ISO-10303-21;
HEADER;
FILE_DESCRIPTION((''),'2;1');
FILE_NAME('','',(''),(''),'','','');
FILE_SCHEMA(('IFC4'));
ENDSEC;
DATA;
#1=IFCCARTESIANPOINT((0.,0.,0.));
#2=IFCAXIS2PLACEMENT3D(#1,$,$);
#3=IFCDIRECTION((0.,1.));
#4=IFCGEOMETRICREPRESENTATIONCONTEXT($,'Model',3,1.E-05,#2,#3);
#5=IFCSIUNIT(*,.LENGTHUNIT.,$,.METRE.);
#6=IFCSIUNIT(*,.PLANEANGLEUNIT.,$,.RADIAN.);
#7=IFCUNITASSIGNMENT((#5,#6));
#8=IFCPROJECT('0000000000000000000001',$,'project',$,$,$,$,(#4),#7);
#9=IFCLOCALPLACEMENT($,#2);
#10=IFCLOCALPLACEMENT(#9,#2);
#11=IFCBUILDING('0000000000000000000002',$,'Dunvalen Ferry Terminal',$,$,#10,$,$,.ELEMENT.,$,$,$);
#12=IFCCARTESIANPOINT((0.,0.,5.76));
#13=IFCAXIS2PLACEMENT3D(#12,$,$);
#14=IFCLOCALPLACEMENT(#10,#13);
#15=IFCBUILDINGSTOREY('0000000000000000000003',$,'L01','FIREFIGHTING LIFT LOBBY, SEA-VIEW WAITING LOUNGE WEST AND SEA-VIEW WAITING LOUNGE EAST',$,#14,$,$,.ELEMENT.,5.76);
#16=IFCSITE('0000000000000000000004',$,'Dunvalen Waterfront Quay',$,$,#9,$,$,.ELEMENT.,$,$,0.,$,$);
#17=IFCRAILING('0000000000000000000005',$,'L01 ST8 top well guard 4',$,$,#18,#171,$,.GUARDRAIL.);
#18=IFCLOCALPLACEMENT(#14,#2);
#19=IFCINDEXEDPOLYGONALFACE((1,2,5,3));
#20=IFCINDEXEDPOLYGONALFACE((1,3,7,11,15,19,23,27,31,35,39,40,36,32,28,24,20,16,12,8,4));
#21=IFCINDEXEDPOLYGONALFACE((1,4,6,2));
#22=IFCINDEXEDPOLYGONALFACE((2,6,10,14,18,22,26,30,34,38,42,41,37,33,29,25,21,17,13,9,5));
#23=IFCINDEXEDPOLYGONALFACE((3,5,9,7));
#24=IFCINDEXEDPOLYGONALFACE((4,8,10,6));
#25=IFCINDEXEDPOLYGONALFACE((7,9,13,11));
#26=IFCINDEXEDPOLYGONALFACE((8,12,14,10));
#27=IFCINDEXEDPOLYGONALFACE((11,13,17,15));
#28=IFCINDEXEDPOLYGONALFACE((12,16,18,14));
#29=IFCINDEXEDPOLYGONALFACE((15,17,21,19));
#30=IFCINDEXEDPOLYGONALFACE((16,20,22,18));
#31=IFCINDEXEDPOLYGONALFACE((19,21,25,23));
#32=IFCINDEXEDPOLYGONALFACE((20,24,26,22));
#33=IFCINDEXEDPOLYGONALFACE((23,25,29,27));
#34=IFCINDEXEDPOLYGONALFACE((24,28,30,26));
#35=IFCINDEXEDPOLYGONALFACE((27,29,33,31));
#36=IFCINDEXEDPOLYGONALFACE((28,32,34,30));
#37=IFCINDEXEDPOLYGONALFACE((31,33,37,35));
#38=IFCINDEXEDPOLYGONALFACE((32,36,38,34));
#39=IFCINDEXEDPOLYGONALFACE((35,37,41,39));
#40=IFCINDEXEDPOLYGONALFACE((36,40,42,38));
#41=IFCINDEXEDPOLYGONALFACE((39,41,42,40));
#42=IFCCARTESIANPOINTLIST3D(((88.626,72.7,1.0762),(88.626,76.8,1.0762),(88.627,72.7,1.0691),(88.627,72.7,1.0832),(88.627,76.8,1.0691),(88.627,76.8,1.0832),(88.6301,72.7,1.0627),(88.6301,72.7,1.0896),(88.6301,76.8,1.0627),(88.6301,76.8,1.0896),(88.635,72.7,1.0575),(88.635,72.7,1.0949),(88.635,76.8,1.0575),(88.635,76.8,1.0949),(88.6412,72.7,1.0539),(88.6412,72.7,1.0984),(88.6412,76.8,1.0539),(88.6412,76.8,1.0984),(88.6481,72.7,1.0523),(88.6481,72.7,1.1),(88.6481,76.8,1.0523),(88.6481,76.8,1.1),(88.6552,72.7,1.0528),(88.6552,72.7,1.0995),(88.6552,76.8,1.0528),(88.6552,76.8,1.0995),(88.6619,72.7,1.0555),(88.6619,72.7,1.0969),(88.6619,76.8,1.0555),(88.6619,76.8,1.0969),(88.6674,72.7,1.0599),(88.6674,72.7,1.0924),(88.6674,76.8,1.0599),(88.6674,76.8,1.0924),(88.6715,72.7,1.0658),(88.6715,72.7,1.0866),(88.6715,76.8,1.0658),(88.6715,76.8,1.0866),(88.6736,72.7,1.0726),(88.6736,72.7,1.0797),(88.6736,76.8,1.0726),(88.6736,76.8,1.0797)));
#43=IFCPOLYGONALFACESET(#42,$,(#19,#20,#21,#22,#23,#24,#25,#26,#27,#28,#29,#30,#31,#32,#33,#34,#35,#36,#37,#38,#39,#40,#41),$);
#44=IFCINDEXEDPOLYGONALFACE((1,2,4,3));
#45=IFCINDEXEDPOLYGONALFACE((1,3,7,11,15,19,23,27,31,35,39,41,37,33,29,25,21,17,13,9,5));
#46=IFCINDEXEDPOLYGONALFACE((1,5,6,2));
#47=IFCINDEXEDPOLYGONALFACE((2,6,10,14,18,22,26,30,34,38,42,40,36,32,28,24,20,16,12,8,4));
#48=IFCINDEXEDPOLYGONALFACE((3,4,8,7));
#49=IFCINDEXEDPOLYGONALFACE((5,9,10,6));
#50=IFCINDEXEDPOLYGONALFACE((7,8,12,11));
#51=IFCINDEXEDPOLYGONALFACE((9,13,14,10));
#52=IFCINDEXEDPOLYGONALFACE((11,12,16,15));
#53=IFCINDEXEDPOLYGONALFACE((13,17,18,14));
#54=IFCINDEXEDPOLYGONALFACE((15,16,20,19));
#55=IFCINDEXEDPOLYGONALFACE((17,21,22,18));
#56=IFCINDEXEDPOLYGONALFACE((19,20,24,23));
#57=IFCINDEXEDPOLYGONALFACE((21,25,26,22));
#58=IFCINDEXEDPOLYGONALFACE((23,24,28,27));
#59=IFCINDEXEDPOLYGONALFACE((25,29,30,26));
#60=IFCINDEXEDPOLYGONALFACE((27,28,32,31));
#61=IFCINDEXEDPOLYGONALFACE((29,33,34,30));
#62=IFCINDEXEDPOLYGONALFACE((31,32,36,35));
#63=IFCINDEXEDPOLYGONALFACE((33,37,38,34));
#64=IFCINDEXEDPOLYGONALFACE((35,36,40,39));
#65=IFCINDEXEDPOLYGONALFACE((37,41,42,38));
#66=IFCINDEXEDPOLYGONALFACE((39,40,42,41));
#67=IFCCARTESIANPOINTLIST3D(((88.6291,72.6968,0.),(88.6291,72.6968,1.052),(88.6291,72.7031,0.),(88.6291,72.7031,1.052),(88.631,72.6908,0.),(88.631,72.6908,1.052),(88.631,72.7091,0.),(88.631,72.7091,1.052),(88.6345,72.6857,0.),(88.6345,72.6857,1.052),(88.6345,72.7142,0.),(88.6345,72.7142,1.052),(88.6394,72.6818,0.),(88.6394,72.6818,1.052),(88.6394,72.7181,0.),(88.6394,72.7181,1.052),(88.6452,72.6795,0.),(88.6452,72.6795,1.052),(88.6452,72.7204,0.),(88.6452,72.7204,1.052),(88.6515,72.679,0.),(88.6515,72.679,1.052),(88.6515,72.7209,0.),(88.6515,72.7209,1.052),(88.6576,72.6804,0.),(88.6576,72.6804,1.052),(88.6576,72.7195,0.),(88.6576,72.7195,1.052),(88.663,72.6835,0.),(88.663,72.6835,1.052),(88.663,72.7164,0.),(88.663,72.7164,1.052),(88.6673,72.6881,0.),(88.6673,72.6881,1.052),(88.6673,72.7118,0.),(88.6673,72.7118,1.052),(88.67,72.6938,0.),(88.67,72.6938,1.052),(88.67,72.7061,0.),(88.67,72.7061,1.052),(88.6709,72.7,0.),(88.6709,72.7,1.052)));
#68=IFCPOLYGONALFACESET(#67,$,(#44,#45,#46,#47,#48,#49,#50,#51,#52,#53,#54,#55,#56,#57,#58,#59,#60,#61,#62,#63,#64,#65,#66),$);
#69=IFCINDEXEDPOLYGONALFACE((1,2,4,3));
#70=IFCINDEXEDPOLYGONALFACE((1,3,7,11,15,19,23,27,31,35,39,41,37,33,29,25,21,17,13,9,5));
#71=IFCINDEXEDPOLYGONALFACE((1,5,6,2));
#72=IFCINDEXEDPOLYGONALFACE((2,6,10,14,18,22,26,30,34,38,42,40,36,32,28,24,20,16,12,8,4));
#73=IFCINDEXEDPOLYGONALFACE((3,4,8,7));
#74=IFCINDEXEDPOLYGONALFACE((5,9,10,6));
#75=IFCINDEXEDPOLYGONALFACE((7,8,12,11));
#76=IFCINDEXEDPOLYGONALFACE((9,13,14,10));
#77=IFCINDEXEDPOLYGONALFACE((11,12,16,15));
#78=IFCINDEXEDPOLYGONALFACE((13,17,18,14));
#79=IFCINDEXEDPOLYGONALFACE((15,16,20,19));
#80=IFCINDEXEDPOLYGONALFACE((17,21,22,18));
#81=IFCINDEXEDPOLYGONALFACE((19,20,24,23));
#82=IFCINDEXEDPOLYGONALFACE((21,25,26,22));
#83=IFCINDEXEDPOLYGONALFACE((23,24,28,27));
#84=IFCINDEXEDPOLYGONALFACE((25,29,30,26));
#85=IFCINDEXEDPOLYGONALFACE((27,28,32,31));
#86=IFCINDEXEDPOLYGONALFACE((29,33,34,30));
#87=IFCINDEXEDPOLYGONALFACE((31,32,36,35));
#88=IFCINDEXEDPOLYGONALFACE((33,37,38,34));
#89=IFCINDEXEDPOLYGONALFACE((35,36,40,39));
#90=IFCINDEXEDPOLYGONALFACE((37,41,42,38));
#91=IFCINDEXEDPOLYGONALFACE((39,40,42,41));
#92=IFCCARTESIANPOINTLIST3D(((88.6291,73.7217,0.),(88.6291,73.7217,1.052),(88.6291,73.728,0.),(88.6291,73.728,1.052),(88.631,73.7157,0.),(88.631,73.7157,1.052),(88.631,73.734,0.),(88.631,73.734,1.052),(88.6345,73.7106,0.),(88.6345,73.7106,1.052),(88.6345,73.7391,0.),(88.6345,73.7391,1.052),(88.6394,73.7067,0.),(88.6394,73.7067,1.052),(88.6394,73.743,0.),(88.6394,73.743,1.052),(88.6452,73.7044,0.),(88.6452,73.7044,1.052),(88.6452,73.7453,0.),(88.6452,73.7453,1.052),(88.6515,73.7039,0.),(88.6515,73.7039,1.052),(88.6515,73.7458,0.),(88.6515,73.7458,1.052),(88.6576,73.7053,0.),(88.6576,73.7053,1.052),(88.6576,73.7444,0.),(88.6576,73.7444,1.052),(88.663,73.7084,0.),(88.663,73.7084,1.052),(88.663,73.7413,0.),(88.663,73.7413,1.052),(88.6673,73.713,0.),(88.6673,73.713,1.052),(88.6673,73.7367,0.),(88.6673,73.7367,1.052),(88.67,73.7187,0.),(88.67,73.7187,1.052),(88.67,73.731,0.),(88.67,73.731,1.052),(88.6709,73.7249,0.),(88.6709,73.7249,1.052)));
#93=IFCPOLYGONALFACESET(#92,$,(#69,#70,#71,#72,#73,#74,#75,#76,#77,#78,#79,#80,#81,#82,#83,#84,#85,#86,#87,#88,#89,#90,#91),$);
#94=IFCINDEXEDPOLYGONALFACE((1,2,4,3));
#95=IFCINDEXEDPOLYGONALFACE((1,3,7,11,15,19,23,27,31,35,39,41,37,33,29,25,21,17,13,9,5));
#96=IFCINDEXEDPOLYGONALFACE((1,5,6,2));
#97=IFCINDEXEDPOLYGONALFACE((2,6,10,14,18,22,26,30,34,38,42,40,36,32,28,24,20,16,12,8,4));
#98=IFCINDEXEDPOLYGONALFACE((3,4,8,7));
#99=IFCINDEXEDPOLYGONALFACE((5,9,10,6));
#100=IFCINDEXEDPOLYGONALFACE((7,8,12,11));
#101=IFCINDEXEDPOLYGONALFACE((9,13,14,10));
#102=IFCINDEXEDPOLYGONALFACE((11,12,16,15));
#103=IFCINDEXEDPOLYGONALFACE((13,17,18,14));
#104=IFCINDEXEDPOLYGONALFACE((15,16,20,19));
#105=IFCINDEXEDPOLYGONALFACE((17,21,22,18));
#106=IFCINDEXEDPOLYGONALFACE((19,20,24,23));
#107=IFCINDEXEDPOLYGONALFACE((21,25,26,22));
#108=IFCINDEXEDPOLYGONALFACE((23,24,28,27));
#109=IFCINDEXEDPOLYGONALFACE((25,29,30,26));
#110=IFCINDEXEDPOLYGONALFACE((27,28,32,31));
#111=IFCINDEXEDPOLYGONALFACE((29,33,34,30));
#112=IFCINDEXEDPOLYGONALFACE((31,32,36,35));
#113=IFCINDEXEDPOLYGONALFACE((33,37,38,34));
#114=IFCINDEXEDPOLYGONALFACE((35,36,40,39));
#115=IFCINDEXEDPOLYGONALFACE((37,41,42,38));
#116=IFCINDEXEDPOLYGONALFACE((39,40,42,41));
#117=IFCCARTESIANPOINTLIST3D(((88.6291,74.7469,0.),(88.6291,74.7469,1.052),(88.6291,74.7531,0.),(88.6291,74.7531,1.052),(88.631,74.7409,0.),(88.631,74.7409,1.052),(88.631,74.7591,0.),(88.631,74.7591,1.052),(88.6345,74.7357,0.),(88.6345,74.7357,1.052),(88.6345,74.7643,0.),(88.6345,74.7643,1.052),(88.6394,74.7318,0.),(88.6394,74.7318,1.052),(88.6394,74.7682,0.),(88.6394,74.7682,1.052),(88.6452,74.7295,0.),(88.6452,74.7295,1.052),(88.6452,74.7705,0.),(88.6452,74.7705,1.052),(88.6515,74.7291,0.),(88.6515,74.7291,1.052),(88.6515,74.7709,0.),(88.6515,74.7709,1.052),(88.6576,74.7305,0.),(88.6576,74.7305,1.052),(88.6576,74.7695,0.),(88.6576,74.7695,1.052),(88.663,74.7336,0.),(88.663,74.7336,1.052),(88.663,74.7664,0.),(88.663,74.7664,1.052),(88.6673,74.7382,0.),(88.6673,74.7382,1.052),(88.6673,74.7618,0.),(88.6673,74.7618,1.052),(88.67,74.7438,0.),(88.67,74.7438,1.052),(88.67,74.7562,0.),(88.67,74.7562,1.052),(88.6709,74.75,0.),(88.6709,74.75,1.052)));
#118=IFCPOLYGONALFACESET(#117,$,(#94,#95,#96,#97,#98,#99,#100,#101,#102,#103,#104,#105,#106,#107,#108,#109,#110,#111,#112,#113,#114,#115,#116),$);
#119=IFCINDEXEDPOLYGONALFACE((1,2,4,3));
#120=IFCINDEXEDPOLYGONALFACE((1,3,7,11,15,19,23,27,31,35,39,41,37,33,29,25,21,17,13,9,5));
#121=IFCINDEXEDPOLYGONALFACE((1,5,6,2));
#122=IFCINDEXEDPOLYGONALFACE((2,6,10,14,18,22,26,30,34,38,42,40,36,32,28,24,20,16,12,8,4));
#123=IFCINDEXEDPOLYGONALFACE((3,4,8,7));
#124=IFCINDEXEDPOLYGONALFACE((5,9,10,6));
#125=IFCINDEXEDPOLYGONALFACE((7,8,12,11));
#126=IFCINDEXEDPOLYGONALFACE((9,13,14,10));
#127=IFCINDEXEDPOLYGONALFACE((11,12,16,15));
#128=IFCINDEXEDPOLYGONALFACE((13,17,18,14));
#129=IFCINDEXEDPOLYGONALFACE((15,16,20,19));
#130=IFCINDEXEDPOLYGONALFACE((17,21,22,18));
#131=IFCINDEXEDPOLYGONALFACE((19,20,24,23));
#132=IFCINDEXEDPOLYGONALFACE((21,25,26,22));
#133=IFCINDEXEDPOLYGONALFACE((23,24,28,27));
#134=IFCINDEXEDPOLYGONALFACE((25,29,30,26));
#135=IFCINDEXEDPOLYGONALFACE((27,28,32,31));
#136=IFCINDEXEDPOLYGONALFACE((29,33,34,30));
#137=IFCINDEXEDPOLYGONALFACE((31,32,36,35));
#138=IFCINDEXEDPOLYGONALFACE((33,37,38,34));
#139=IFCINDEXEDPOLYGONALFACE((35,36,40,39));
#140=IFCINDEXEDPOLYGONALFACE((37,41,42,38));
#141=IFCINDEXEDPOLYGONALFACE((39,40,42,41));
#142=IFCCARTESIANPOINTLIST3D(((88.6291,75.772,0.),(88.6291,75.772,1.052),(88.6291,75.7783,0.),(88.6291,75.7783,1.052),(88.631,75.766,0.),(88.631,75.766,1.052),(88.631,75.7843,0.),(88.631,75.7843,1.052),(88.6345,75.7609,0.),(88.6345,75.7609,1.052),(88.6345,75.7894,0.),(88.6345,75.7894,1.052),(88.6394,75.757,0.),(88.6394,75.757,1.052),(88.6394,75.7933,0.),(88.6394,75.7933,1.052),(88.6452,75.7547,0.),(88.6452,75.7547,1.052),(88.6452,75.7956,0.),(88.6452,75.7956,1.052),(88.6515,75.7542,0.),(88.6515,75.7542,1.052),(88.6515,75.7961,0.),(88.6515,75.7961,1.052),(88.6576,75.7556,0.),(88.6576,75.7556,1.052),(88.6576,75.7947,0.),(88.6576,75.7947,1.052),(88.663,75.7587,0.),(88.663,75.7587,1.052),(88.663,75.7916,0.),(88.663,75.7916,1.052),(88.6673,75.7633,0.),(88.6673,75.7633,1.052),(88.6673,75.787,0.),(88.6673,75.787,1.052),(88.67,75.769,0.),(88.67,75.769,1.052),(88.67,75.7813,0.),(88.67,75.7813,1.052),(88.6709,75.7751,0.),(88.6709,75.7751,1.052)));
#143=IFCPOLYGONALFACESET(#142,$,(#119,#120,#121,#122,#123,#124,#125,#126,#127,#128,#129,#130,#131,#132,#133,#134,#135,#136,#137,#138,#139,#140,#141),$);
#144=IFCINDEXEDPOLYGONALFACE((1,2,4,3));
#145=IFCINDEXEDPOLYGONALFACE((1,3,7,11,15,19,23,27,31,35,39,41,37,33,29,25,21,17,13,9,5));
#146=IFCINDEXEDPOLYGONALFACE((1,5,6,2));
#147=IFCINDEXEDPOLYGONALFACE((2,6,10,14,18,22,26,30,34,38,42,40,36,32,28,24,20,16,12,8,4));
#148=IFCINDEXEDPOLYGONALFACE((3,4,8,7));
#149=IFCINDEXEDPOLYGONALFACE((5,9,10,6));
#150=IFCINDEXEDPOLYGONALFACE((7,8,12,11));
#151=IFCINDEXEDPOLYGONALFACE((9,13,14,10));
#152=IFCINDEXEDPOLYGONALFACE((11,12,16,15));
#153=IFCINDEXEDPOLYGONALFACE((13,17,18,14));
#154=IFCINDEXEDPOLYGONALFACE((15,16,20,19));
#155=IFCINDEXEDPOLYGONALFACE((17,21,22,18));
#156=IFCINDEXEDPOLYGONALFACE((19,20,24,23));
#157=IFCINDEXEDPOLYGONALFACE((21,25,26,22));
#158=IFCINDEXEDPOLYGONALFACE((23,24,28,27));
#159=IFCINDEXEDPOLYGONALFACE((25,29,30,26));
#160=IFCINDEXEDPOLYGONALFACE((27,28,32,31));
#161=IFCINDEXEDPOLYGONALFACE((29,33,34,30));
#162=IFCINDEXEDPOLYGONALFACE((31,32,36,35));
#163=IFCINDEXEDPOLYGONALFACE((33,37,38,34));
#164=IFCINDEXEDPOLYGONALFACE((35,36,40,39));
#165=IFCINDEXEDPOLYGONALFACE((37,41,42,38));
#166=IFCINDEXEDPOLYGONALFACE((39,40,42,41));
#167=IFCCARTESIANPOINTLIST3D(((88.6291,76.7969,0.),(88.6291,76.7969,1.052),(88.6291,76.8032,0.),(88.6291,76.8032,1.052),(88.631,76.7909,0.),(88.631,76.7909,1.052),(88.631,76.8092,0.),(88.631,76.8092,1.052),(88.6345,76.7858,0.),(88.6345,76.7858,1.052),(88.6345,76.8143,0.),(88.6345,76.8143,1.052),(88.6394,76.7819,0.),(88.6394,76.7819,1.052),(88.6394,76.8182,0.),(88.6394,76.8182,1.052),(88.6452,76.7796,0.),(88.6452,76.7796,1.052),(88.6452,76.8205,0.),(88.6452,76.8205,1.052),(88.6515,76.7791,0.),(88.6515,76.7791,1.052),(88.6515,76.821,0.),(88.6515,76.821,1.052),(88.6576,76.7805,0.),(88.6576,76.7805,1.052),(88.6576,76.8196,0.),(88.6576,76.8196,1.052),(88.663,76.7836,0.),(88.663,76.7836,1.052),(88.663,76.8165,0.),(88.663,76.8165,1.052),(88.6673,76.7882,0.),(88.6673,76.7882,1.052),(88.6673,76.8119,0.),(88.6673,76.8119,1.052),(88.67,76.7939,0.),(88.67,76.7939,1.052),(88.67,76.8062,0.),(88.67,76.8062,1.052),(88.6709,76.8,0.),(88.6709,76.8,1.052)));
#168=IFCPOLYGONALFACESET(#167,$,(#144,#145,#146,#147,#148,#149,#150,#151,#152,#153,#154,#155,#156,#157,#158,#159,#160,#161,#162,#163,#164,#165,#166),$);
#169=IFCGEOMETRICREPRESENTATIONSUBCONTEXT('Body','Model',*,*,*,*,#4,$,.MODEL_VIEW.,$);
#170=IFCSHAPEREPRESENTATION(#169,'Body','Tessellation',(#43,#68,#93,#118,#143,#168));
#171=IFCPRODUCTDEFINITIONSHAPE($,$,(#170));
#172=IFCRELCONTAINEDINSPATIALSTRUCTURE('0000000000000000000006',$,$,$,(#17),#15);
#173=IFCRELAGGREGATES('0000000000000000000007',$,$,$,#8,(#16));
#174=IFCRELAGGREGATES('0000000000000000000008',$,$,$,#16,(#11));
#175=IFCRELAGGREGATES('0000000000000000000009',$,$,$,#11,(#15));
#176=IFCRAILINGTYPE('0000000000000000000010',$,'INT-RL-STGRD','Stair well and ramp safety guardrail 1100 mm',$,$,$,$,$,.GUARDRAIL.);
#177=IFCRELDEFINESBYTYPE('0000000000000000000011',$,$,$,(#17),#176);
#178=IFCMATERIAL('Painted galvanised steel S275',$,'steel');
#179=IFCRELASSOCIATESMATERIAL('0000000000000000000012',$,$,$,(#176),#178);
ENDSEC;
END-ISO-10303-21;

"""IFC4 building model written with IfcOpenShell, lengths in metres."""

from ifc_helpers import new_model, si_unit, direction, frame, origin, origin_2d, place, context, subcontext, project, spatial, circle, extrude, material, type_object, element, save


model = new_model("IFC4")

# Units and contexts
model_context = context("Model", 3, precision=1e-05, world=origin(), true_north=direction((0.0, 1.0)))
body_context = subcontext(model_context, "Body", "Model", "MODEL_VIEW")
ifc_project = project(units=[si_unit("LENGTHUNIT", "METRE"), si_unit("PLANEANGLEUNIT", "RADIAN")], contexts=[model_context])

# Site, building, storey
site_placement = place(None, origin())
site = spatial("IfcSite", under=ifc_project, at=site_placement, Name="Dunvalen Waterfront Quay", CompositionType="ELEMENT", RefElevation=0.0)
building_placement = place(site_placement, origin())
building = spatial("IfcBuilding", under=site, at=building_placement, Name="Dunvalen Ferry Terminal", CompositionType="ELEMENT")
storey_placement = place(building_placement, frame((0.0, 0.0, 5.76)))
storey = spatial("IfcBuildingStorey", under=building, at=storey_placement, Name="L01", Description="FIREFIGHTING LIFT LOBBY, SEA-VIEW WAITING LOUNGE WEST AND SEA-VIEW WAITING LOUNGE EAST", CompositionType="ELEMENT", Elevation=5.76)

# Railing
ifc_material_1 = material(Name="Painted galvanised steel S275", Category="steel")
railing_type = type_object("IfcRailingType", Name="INT-RL-STGRD", Description="Stair well and ramp safety guardrail 1100 mm", PredefinedType="GUARDRAIL", material=ifc_material_1)
railing_1_placement = place(storey_placement, frame((88.6499, 72.7, 0.0)))
element("IfcRailing", 1, at=railing_1_placement, inside=storey, type_object=railing_type, Name="L01 ST8 top well guard 4", PredefinedType="GUARDRAIL", context=body_context, shape_type="SweptSolid", body=[
    extrude(circle(Radius=0.0239, at=origin_2d()), frame((0.0, 0.0, 1.0762), z_axis=(0.0, 1.0, 0.0), x_axis=(-1.0, 0.0, 0.0)), (0.0, 0.0, 1.0), 4.1001),
    extrude(circle(Radius=0.021, at=origin_2d()), origin(), (0.0, 0.0, 1.0), 1.052),
    extrude(circle(Radius=0.021, at=origin_2d()), frame((0.0, 1.0249, 0.0)), (0.0, 0.0, 1.0), 1.052),
    extrude(circle(Radius=0.021, at=origin_2d()), frame((0.0, 2.05, 0.0)), (0.0, 0.0, 1.0), 1.052),
    extrude(circle(Radius=0.021, at=origin_2d()), frame((0.0, 3.0752, 0.0)), (0.0, 0.0, 1.0), 1.052),
    extrude(circle(Radius=0.021, at=origin_2d()), frame((0.0, 4.1001, 0.0)), (0.0, 0.0, 1.0), 1.052),
])

save(model, "model.ifc")
